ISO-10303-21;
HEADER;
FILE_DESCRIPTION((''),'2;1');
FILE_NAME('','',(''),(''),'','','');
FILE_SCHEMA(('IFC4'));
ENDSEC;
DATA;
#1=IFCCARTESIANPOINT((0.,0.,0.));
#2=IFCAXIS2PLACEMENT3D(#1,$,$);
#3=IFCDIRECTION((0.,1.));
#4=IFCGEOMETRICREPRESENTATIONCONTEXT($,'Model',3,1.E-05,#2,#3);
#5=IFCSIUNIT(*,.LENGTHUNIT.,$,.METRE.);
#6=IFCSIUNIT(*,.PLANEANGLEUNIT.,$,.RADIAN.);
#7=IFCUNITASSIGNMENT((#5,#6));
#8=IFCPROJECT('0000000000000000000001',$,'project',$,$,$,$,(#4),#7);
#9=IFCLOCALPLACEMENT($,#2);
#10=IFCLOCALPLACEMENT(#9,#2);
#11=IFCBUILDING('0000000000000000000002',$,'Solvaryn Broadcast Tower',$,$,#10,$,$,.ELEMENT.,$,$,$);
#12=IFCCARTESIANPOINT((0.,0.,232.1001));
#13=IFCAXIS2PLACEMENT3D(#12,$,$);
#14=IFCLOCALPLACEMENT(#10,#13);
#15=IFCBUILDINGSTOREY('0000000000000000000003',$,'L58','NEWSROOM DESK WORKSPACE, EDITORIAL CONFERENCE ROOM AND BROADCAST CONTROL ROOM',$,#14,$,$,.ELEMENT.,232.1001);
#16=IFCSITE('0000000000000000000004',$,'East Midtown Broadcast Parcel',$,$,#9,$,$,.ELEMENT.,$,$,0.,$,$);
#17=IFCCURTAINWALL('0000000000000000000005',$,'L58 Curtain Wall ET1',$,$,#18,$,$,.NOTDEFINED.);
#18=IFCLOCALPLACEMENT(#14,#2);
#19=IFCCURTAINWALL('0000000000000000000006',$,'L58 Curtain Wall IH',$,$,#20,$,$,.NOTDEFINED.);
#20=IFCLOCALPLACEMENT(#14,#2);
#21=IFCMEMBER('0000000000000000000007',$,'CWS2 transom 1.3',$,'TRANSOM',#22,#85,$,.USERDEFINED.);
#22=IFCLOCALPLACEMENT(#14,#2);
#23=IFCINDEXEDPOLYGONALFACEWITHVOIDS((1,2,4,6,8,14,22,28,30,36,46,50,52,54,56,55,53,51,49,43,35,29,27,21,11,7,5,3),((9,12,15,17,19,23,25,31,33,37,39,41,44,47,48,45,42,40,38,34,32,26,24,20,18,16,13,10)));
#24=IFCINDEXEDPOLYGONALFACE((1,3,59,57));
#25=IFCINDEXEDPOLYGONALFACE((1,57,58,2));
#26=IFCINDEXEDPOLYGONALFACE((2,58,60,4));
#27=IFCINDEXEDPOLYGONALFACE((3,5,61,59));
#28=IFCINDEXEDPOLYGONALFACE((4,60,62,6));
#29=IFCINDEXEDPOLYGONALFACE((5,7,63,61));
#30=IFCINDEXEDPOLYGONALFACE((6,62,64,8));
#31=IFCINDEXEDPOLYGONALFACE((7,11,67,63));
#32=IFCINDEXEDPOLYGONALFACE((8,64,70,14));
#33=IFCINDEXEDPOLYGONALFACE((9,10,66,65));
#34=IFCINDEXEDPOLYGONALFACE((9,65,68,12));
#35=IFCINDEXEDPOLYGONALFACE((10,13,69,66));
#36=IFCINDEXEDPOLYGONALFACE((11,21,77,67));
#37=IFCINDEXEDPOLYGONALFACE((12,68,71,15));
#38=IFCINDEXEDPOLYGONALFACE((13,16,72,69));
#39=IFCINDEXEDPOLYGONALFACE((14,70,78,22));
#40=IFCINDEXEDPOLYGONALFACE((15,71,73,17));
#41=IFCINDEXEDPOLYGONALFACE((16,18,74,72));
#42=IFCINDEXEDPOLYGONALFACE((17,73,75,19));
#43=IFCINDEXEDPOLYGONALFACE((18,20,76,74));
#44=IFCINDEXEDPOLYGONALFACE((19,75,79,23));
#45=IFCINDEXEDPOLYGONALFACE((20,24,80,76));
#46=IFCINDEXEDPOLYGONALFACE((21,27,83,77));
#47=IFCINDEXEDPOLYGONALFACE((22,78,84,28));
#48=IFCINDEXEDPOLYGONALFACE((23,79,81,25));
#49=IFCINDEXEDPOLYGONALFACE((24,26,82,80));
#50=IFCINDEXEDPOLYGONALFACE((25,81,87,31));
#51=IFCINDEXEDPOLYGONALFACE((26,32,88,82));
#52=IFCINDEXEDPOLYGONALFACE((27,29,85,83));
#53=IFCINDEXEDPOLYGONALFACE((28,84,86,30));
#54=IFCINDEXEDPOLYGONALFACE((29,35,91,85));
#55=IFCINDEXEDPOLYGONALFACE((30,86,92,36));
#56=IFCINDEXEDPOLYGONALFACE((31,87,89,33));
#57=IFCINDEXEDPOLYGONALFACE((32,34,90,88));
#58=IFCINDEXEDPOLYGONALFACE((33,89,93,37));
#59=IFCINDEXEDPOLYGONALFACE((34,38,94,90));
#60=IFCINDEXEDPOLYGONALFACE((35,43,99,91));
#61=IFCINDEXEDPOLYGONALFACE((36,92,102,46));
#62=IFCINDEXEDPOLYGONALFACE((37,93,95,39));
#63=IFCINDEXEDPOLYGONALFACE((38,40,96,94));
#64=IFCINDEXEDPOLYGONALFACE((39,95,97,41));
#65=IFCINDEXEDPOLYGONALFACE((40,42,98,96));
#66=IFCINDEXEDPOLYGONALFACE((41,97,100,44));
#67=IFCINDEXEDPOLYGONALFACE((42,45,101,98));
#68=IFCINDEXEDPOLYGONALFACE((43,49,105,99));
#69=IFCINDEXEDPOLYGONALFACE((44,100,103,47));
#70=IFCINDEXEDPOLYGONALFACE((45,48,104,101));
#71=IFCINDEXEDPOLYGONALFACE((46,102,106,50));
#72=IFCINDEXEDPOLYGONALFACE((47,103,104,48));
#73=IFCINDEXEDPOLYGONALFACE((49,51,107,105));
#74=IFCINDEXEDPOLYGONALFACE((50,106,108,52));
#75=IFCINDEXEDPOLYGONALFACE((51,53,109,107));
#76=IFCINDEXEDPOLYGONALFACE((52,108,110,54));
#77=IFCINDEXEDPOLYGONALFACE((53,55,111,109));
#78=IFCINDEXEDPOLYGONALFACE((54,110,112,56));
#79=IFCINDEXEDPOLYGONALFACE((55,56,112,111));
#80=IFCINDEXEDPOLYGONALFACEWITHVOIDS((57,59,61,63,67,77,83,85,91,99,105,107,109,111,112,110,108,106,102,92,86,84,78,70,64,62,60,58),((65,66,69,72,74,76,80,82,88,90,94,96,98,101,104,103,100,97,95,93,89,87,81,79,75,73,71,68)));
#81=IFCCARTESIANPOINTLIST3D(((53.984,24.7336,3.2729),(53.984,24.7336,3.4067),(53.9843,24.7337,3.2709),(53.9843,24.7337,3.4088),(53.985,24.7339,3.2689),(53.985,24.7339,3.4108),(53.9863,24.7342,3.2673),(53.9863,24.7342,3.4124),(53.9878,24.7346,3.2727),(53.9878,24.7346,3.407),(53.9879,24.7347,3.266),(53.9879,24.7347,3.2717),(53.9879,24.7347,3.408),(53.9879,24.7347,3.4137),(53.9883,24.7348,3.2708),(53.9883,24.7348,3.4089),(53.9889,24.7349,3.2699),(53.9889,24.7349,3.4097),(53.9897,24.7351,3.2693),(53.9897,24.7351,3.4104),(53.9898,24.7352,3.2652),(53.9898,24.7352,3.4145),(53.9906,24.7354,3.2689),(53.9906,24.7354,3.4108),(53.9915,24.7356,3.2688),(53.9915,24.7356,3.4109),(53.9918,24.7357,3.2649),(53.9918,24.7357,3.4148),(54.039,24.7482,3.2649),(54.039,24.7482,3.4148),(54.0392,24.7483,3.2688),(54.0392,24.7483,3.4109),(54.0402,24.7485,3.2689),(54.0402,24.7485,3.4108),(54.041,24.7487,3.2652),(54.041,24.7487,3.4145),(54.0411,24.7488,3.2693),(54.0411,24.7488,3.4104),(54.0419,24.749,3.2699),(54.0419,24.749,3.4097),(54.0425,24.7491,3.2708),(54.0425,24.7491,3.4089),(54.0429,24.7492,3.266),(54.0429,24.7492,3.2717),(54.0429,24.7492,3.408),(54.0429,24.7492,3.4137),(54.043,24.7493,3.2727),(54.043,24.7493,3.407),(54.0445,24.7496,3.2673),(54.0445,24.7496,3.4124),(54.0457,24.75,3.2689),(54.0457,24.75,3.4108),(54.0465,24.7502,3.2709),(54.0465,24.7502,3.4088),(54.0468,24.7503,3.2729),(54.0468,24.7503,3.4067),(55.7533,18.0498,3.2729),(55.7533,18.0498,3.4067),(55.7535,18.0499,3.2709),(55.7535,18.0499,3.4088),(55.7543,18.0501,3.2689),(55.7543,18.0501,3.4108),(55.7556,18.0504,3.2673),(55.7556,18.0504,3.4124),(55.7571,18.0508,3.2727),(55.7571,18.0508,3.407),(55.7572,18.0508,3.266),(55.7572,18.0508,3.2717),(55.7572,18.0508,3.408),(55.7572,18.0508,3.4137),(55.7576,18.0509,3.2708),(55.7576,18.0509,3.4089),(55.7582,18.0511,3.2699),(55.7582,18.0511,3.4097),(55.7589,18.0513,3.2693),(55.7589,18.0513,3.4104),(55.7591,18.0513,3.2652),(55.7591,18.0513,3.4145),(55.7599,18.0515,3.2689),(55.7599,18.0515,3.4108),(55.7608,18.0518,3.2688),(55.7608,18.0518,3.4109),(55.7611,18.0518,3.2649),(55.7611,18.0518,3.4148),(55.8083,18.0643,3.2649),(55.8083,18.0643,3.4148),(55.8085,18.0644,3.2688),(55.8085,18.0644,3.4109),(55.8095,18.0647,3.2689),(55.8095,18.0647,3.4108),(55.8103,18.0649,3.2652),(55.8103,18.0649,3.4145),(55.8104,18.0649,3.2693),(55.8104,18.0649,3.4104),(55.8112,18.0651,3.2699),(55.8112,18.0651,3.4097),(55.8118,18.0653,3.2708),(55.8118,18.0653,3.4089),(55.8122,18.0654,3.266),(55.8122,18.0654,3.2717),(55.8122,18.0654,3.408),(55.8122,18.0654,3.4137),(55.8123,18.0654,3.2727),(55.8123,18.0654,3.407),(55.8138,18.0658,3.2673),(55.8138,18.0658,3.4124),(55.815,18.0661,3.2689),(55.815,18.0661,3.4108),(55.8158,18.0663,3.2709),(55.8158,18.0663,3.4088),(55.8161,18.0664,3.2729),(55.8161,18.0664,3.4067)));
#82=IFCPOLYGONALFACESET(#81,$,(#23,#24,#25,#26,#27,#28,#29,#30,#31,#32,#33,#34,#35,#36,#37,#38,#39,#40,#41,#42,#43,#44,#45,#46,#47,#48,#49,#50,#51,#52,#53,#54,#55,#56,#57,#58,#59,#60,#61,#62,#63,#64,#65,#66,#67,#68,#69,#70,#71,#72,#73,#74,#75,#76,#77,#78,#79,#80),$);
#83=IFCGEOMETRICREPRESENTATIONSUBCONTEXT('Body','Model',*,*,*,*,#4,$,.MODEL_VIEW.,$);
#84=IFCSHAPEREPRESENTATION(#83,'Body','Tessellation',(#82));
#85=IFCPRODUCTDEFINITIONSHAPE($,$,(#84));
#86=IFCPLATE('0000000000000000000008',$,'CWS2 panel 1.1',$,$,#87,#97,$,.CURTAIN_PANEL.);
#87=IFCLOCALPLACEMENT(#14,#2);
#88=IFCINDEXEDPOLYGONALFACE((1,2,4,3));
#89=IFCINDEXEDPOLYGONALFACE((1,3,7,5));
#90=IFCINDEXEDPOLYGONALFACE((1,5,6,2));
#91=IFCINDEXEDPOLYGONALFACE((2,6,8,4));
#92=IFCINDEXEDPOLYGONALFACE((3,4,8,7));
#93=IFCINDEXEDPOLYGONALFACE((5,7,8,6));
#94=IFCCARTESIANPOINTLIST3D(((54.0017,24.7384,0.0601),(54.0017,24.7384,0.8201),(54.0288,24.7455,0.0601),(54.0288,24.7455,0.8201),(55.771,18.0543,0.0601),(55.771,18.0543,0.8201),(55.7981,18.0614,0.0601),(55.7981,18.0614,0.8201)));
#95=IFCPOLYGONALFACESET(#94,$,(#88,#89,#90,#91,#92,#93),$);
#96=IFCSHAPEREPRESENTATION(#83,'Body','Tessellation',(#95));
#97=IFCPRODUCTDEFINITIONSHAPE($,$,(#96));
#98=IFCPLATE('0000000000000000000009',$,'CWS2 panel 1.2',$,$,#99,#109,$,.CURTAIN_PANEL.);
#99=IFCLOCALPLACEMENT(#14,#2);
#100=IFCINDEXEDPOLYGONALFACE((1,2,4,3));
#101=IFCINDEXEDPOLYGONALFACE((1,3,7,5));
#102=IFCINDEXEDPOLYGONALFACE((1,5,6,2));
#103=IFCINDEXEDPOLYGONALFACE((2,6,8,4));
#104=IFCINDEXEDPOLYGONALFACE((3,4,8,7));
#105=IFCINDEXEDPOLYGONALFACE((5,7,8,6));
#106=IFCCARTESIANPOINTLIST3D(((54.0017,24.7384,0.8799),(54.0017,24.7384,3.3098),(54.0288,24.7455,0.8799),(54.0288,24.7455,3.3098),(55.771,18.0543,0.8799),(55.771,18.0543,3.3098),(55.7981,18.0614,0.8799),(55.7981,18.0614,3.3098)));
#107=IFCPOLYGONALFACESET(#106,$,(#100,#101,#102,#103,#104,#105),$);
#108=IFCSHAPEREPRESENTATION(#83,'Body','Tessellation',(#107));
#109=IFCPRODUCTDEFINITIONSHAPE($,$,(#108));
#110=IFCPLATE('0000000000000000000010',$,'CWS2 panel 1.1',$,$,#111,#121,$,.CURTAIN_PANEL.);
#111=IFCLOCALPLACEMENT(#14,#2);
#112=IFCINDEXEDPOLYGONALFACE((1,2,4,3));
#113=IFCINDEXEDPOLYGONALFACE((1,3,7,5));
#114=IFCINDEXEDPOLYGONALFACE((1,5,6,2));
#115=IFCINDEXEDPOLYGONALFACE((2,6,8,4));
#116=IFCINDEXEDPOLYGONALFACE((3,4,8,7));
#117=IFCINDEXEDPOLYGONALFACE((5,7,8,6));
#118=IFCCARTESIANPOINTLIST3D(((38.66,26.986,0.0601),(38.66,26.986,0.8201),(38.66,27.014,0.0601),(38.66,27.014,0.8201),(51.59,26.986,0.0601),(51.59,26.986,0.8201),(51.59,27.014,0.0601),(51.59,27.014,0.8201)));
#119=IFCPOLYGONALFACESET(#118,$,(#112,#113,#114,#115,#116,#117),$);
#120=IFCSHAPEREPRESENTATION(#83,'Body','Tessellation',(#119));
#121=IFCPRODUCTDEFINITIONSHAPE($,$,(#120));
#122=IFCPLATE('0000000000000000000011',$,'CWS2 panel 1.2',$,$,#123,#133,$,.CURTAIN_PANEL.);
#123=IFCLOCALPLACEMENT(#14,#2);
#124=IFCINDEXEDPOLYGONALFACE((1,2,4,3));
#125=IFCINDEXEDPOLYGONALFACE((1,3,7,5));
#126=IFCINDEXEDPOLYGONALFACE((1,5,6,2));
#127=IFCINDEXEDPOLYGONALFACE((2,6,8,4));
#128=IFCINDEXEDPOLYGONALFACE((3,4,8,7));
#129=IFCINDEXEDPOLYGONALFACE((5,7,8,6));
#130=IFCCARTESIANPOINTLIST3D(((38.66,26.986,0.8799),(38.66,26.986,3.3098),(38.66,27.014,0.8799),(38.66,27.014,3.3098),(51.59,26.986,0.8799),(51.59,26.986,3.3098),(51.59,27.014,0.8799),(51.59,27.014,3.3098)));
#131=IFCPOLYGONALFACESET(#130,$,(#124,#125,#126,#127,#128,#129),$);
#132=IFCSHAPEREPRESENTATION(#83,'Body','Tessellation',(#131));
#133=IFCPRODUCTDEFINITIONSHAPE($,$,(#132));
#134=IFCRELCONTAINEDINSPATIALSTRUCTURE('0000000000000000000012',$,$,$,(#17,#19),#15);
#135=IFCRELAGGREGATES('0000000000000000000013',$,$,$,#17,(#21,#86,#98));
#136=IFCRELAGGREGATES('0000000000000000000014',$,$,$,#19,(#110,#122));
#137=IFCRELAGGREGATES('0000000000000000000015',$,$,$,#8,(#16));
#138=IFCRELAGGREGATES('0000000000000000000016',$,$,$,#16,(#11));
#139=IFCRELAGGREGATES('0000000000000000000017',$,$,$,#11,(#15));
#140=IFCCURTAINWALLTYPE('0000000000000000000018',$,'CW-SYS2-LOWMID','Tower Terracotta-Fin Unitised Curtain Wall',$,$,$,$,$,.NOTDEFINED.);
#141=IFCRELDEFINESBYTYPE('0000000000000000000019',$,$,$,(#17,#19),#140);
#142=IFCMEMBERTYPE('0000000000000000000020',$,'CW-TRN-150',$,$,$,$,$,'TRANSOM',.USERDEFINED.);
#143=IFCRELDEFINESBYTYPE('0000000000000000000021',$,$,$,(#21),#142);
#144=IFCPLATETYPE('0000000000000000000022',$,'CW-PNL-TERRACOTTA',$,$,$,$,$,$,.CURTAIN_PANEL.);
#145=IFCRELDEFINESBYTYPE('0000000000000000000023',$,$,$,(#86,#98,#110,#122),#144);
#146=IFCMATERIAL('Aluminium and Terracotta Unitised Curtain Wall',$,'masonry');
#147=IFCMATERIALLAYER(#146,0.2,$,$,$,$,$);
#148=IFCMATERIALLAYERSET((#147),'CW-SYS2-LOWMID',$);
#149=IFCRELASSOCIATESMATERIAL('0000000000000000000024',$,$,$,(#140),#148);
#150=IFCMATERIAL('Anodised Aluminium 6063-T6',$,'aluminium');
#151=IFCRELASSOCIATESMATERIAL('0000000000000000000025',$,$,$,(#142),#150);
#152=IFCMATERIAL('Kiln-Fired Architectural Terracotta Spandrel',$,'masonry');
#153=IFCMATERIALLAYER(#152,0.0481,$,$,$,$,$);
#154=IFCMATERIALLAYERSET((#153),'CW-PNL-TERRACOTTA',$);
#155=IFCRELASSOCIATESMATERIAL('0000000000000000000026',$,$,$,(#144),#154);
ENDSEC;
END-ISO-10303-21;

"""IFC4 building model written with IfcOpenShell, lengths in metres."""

from ifc_helpers import new_model, si_unit, direction, frame, origin, origin_2d, place, context, subcontext, project, spatial, rectangle, hollow_rectangle, extrude, material, layer, layer_set, material_profile, profile_set, type_object, element, aggregate, save


model = new_model("IFC4")

# Units and contexts
model_context = context("Model", 3, precision=1e-05, world=origin(), true_north=direction((0.0, 1.0)))
body_context = subcontext(model_context, "Body", "Model", "MODEL_VIEW")
ifc_project = project(units=[si_unit("LENGTHUNIT", "METRE"), si_unit("PLANEANGLEUNIT", "RADIAN")], contexts=[model_context])

# Site, building, storey
site_placement = place(None, origin())
site = spatial("IfcSite", under=ifc_project, at=site_placement, Name="East Midtown Broadcast Parcel", CompositionType="ELEMENT", RefElevation=0.0)
building_placement = place(site_placement, origin())
building = spatial("IfcBuilding", under=site, at=building_placement, Name="Solvaryn Broadcast Tower", CompositionType="ELEMENT")
storey_placement = place(building_placement, frame((0.0, 0.0, 232.1001)))
storey = spatial("IfcBuildingStorey", under=building, at=storey_placement, Name="L58", Description="NEWSROOM DESK WORKSPACE, EDITORIAL CONFERENCE ROOM AND BROADCAST CONTROL ROOM", CompositionType="ELEMENT", Elevation=232.1001)

# Curtain walls
ifc_material_1 = material(Name="Aluminium and Terracotta Unitised Curtain Wall", Category="masonry")
ifc_layer_1 = layer(ifc_material_1, 0.2)
ifc_layer_set_1 = layer_set([ifc_layer_1], Name="CW-SYS2-LOWMID")
curtain_wall_type = type_object("IfcCurtainWallType", Name="CW-SYS2-LOWMID", Description="Tower Terracotta-Fin Unitised Curtain Wall", PredefinedType="NOTDEFINED", material=ifc_layer_set_1)
curtain_wall_1_placement = place(storey_placement, origin())
curtain_wall_1 = element("IfcCurtainWall", 1, at=curtain_wall_1_placement, inside=storey, type_object=curtain_wall_type, Name="L58 Curtain Wall ET1", PredefinedType="NOTDEFINED")
curtain_wall_2_placement = place(storey_placement, origin())
curtain_wall_2 = element("IfcCurtainWall", 2, at=curtain_wall_2_placement, inside=storey, type_object=curtain_wall_type, Name="L58 Curtain Wall IH", PredefinedType="NOTDEFINED")

# Member
ifc_material_2 = material(Name="Anodised Aluminium 6063-T6", Category="aluminium")
ifc_material_profile_1 = material_profile(ifc_material_2, hollow_rectangle(XDim=0.0649, YDim=0.1499, WallThickness=0.0039, InnerFilletRadius=0.0039, OuterFilletRadius=0.0081, at=origin_2d()))
ifc_profile_set_1 = profile_set([ifc_material_profile_1], Name="Anodised Aluminium 6063-T6")
member_type_1 = type_object("IfcMemberType", Name="CW-TRN-150", ElementType="TRANSOM", PredefinedType="USERDEFINED", material=ifc_profile_set_1)
member_1_placement = place(storey_placement, frame((54.0154, 24.7419, 3.3398), z_axis=(0.255897, -0.966704, 0.0), x_axis=(0.966704, 0.255897, 0.0)))
member_1 = element("IfcMember", 3, at=member_1_placement, type_object=member_type_1, Name="CWS2 transom 1.3", ObjectType="TRANSOM", PredefinedType="USERDEFINED", context=body_context, shape_type="SweptSolid", body=[
    extrude(hollow_rectangle(XDim=0.0649, YDim=0.1499, WallThickness=0.0039, InnerFilletRadius=0.0039, OuterFilletRadius=0.0081, at=origin_2d()), origin(), (0.0, 0.0, 1.0), 6.9141),
])

# Plates
ifc_material_3 = material(Name="Kiln-Fired Architectural Terracotta Spandrel", Category="masonry")
ifc_layer_2 = layer(ifc_material_3, 0.0481)
ifc_layer_set_2 = layer_set([ifc_layer_2], Name="CW-PNL-TERRACOTTA")
plate_type = type_object("IfcPlateType", Name="CW-PNL-TERRACOTTA", PredefinedType="CURTAIN_PANEL", material=ifc_layer_set_2)
plate_1_placement = place(storey_placement, frame((54.8999, 21.3999, 0.0601), z_axis=(0.0, 0.0, 1.0), x_axis=(0.255893, -0.966705, 0.0)))
plate_1 = element("IfcPlate", 4, at=plate_1_placement, type_object=plate_type, Name="CWS2 panel 1.1", PredefinedType="CURTAIN_PANEL", context=body_context, shape_type="SweptSolid", body=[
    extrude(rectangle(XDim=6.9143, YDim=0.0281, at=origin_2d()), origin(), (0.0, 0.0, 1.0), 0.76),
])
plate_2_placement = place(storey_placement, frame((54.8999, 21.3999, 0.8799), z_axis=(0.0, 0.0, 1.0), x_axis=(0.255893, -0.966705, 0.0)))
plate_2 = element("IfcPlate", 5, at=plate_2_placement, type_object=plate_type, Name="CWS2 panel 1.2", PredefinedType="CURTAIN_PANEL", context=body_context, shape_type="SweptSolid", body=[
    extrude(rectangle(XDim=6.9143, YDim=0.0281, at=origin_2d()), origin(), (0.0, 0.0, 1.0), 2.4299),
])
aggregate(curtain_wall_1, [member_1, plate_1, plate_2])
plate_3_placement = place(storey_placement, frame((45.125, 27.0, 0.0601), z_axis=(0.0, 0.0, 1.0), x_axis=(1.0, 0.0, 0.0)))
plate_3 = element("IfcPlate", 6, at=plate_3_placement, type_object=plate_type, Name="CWS2 panel 1.1", PredefinedType="CURTAIN_PANEL", context=body_context, shape_type="SweptSolid", body=[
    extrude(rectangle(XDim=12.9299, YDim=0.0281, at=origin_2d()), origin(), (0.0, 0.0, 1.0), 0.76),
])
plate_4_placement = place(storey_placement, frame((45.125, 27.0, 0.8799), z_axis=(0.0, 0.0, 1.0), x_axis=(1.0, 0.0, 0.0)))
plate_4 = element("IfcPlate", 7, at=plate_4_placement, type_object=plate_type, Name="CWS2 panel 1.2", PredefinedType="CURTAIN_PANEL", context=body_context, shape_type="SweptSolid", body=[
    extrude(rectangle(XDim=12.9299, YDim=0.0281, at=origin_2d()), origin(), (0.0, 0.0, 1.0), 2.4299),
])
aggregate(curtain_wall_2, [plate_3, plate_4])

save(model, "model.ifc")
